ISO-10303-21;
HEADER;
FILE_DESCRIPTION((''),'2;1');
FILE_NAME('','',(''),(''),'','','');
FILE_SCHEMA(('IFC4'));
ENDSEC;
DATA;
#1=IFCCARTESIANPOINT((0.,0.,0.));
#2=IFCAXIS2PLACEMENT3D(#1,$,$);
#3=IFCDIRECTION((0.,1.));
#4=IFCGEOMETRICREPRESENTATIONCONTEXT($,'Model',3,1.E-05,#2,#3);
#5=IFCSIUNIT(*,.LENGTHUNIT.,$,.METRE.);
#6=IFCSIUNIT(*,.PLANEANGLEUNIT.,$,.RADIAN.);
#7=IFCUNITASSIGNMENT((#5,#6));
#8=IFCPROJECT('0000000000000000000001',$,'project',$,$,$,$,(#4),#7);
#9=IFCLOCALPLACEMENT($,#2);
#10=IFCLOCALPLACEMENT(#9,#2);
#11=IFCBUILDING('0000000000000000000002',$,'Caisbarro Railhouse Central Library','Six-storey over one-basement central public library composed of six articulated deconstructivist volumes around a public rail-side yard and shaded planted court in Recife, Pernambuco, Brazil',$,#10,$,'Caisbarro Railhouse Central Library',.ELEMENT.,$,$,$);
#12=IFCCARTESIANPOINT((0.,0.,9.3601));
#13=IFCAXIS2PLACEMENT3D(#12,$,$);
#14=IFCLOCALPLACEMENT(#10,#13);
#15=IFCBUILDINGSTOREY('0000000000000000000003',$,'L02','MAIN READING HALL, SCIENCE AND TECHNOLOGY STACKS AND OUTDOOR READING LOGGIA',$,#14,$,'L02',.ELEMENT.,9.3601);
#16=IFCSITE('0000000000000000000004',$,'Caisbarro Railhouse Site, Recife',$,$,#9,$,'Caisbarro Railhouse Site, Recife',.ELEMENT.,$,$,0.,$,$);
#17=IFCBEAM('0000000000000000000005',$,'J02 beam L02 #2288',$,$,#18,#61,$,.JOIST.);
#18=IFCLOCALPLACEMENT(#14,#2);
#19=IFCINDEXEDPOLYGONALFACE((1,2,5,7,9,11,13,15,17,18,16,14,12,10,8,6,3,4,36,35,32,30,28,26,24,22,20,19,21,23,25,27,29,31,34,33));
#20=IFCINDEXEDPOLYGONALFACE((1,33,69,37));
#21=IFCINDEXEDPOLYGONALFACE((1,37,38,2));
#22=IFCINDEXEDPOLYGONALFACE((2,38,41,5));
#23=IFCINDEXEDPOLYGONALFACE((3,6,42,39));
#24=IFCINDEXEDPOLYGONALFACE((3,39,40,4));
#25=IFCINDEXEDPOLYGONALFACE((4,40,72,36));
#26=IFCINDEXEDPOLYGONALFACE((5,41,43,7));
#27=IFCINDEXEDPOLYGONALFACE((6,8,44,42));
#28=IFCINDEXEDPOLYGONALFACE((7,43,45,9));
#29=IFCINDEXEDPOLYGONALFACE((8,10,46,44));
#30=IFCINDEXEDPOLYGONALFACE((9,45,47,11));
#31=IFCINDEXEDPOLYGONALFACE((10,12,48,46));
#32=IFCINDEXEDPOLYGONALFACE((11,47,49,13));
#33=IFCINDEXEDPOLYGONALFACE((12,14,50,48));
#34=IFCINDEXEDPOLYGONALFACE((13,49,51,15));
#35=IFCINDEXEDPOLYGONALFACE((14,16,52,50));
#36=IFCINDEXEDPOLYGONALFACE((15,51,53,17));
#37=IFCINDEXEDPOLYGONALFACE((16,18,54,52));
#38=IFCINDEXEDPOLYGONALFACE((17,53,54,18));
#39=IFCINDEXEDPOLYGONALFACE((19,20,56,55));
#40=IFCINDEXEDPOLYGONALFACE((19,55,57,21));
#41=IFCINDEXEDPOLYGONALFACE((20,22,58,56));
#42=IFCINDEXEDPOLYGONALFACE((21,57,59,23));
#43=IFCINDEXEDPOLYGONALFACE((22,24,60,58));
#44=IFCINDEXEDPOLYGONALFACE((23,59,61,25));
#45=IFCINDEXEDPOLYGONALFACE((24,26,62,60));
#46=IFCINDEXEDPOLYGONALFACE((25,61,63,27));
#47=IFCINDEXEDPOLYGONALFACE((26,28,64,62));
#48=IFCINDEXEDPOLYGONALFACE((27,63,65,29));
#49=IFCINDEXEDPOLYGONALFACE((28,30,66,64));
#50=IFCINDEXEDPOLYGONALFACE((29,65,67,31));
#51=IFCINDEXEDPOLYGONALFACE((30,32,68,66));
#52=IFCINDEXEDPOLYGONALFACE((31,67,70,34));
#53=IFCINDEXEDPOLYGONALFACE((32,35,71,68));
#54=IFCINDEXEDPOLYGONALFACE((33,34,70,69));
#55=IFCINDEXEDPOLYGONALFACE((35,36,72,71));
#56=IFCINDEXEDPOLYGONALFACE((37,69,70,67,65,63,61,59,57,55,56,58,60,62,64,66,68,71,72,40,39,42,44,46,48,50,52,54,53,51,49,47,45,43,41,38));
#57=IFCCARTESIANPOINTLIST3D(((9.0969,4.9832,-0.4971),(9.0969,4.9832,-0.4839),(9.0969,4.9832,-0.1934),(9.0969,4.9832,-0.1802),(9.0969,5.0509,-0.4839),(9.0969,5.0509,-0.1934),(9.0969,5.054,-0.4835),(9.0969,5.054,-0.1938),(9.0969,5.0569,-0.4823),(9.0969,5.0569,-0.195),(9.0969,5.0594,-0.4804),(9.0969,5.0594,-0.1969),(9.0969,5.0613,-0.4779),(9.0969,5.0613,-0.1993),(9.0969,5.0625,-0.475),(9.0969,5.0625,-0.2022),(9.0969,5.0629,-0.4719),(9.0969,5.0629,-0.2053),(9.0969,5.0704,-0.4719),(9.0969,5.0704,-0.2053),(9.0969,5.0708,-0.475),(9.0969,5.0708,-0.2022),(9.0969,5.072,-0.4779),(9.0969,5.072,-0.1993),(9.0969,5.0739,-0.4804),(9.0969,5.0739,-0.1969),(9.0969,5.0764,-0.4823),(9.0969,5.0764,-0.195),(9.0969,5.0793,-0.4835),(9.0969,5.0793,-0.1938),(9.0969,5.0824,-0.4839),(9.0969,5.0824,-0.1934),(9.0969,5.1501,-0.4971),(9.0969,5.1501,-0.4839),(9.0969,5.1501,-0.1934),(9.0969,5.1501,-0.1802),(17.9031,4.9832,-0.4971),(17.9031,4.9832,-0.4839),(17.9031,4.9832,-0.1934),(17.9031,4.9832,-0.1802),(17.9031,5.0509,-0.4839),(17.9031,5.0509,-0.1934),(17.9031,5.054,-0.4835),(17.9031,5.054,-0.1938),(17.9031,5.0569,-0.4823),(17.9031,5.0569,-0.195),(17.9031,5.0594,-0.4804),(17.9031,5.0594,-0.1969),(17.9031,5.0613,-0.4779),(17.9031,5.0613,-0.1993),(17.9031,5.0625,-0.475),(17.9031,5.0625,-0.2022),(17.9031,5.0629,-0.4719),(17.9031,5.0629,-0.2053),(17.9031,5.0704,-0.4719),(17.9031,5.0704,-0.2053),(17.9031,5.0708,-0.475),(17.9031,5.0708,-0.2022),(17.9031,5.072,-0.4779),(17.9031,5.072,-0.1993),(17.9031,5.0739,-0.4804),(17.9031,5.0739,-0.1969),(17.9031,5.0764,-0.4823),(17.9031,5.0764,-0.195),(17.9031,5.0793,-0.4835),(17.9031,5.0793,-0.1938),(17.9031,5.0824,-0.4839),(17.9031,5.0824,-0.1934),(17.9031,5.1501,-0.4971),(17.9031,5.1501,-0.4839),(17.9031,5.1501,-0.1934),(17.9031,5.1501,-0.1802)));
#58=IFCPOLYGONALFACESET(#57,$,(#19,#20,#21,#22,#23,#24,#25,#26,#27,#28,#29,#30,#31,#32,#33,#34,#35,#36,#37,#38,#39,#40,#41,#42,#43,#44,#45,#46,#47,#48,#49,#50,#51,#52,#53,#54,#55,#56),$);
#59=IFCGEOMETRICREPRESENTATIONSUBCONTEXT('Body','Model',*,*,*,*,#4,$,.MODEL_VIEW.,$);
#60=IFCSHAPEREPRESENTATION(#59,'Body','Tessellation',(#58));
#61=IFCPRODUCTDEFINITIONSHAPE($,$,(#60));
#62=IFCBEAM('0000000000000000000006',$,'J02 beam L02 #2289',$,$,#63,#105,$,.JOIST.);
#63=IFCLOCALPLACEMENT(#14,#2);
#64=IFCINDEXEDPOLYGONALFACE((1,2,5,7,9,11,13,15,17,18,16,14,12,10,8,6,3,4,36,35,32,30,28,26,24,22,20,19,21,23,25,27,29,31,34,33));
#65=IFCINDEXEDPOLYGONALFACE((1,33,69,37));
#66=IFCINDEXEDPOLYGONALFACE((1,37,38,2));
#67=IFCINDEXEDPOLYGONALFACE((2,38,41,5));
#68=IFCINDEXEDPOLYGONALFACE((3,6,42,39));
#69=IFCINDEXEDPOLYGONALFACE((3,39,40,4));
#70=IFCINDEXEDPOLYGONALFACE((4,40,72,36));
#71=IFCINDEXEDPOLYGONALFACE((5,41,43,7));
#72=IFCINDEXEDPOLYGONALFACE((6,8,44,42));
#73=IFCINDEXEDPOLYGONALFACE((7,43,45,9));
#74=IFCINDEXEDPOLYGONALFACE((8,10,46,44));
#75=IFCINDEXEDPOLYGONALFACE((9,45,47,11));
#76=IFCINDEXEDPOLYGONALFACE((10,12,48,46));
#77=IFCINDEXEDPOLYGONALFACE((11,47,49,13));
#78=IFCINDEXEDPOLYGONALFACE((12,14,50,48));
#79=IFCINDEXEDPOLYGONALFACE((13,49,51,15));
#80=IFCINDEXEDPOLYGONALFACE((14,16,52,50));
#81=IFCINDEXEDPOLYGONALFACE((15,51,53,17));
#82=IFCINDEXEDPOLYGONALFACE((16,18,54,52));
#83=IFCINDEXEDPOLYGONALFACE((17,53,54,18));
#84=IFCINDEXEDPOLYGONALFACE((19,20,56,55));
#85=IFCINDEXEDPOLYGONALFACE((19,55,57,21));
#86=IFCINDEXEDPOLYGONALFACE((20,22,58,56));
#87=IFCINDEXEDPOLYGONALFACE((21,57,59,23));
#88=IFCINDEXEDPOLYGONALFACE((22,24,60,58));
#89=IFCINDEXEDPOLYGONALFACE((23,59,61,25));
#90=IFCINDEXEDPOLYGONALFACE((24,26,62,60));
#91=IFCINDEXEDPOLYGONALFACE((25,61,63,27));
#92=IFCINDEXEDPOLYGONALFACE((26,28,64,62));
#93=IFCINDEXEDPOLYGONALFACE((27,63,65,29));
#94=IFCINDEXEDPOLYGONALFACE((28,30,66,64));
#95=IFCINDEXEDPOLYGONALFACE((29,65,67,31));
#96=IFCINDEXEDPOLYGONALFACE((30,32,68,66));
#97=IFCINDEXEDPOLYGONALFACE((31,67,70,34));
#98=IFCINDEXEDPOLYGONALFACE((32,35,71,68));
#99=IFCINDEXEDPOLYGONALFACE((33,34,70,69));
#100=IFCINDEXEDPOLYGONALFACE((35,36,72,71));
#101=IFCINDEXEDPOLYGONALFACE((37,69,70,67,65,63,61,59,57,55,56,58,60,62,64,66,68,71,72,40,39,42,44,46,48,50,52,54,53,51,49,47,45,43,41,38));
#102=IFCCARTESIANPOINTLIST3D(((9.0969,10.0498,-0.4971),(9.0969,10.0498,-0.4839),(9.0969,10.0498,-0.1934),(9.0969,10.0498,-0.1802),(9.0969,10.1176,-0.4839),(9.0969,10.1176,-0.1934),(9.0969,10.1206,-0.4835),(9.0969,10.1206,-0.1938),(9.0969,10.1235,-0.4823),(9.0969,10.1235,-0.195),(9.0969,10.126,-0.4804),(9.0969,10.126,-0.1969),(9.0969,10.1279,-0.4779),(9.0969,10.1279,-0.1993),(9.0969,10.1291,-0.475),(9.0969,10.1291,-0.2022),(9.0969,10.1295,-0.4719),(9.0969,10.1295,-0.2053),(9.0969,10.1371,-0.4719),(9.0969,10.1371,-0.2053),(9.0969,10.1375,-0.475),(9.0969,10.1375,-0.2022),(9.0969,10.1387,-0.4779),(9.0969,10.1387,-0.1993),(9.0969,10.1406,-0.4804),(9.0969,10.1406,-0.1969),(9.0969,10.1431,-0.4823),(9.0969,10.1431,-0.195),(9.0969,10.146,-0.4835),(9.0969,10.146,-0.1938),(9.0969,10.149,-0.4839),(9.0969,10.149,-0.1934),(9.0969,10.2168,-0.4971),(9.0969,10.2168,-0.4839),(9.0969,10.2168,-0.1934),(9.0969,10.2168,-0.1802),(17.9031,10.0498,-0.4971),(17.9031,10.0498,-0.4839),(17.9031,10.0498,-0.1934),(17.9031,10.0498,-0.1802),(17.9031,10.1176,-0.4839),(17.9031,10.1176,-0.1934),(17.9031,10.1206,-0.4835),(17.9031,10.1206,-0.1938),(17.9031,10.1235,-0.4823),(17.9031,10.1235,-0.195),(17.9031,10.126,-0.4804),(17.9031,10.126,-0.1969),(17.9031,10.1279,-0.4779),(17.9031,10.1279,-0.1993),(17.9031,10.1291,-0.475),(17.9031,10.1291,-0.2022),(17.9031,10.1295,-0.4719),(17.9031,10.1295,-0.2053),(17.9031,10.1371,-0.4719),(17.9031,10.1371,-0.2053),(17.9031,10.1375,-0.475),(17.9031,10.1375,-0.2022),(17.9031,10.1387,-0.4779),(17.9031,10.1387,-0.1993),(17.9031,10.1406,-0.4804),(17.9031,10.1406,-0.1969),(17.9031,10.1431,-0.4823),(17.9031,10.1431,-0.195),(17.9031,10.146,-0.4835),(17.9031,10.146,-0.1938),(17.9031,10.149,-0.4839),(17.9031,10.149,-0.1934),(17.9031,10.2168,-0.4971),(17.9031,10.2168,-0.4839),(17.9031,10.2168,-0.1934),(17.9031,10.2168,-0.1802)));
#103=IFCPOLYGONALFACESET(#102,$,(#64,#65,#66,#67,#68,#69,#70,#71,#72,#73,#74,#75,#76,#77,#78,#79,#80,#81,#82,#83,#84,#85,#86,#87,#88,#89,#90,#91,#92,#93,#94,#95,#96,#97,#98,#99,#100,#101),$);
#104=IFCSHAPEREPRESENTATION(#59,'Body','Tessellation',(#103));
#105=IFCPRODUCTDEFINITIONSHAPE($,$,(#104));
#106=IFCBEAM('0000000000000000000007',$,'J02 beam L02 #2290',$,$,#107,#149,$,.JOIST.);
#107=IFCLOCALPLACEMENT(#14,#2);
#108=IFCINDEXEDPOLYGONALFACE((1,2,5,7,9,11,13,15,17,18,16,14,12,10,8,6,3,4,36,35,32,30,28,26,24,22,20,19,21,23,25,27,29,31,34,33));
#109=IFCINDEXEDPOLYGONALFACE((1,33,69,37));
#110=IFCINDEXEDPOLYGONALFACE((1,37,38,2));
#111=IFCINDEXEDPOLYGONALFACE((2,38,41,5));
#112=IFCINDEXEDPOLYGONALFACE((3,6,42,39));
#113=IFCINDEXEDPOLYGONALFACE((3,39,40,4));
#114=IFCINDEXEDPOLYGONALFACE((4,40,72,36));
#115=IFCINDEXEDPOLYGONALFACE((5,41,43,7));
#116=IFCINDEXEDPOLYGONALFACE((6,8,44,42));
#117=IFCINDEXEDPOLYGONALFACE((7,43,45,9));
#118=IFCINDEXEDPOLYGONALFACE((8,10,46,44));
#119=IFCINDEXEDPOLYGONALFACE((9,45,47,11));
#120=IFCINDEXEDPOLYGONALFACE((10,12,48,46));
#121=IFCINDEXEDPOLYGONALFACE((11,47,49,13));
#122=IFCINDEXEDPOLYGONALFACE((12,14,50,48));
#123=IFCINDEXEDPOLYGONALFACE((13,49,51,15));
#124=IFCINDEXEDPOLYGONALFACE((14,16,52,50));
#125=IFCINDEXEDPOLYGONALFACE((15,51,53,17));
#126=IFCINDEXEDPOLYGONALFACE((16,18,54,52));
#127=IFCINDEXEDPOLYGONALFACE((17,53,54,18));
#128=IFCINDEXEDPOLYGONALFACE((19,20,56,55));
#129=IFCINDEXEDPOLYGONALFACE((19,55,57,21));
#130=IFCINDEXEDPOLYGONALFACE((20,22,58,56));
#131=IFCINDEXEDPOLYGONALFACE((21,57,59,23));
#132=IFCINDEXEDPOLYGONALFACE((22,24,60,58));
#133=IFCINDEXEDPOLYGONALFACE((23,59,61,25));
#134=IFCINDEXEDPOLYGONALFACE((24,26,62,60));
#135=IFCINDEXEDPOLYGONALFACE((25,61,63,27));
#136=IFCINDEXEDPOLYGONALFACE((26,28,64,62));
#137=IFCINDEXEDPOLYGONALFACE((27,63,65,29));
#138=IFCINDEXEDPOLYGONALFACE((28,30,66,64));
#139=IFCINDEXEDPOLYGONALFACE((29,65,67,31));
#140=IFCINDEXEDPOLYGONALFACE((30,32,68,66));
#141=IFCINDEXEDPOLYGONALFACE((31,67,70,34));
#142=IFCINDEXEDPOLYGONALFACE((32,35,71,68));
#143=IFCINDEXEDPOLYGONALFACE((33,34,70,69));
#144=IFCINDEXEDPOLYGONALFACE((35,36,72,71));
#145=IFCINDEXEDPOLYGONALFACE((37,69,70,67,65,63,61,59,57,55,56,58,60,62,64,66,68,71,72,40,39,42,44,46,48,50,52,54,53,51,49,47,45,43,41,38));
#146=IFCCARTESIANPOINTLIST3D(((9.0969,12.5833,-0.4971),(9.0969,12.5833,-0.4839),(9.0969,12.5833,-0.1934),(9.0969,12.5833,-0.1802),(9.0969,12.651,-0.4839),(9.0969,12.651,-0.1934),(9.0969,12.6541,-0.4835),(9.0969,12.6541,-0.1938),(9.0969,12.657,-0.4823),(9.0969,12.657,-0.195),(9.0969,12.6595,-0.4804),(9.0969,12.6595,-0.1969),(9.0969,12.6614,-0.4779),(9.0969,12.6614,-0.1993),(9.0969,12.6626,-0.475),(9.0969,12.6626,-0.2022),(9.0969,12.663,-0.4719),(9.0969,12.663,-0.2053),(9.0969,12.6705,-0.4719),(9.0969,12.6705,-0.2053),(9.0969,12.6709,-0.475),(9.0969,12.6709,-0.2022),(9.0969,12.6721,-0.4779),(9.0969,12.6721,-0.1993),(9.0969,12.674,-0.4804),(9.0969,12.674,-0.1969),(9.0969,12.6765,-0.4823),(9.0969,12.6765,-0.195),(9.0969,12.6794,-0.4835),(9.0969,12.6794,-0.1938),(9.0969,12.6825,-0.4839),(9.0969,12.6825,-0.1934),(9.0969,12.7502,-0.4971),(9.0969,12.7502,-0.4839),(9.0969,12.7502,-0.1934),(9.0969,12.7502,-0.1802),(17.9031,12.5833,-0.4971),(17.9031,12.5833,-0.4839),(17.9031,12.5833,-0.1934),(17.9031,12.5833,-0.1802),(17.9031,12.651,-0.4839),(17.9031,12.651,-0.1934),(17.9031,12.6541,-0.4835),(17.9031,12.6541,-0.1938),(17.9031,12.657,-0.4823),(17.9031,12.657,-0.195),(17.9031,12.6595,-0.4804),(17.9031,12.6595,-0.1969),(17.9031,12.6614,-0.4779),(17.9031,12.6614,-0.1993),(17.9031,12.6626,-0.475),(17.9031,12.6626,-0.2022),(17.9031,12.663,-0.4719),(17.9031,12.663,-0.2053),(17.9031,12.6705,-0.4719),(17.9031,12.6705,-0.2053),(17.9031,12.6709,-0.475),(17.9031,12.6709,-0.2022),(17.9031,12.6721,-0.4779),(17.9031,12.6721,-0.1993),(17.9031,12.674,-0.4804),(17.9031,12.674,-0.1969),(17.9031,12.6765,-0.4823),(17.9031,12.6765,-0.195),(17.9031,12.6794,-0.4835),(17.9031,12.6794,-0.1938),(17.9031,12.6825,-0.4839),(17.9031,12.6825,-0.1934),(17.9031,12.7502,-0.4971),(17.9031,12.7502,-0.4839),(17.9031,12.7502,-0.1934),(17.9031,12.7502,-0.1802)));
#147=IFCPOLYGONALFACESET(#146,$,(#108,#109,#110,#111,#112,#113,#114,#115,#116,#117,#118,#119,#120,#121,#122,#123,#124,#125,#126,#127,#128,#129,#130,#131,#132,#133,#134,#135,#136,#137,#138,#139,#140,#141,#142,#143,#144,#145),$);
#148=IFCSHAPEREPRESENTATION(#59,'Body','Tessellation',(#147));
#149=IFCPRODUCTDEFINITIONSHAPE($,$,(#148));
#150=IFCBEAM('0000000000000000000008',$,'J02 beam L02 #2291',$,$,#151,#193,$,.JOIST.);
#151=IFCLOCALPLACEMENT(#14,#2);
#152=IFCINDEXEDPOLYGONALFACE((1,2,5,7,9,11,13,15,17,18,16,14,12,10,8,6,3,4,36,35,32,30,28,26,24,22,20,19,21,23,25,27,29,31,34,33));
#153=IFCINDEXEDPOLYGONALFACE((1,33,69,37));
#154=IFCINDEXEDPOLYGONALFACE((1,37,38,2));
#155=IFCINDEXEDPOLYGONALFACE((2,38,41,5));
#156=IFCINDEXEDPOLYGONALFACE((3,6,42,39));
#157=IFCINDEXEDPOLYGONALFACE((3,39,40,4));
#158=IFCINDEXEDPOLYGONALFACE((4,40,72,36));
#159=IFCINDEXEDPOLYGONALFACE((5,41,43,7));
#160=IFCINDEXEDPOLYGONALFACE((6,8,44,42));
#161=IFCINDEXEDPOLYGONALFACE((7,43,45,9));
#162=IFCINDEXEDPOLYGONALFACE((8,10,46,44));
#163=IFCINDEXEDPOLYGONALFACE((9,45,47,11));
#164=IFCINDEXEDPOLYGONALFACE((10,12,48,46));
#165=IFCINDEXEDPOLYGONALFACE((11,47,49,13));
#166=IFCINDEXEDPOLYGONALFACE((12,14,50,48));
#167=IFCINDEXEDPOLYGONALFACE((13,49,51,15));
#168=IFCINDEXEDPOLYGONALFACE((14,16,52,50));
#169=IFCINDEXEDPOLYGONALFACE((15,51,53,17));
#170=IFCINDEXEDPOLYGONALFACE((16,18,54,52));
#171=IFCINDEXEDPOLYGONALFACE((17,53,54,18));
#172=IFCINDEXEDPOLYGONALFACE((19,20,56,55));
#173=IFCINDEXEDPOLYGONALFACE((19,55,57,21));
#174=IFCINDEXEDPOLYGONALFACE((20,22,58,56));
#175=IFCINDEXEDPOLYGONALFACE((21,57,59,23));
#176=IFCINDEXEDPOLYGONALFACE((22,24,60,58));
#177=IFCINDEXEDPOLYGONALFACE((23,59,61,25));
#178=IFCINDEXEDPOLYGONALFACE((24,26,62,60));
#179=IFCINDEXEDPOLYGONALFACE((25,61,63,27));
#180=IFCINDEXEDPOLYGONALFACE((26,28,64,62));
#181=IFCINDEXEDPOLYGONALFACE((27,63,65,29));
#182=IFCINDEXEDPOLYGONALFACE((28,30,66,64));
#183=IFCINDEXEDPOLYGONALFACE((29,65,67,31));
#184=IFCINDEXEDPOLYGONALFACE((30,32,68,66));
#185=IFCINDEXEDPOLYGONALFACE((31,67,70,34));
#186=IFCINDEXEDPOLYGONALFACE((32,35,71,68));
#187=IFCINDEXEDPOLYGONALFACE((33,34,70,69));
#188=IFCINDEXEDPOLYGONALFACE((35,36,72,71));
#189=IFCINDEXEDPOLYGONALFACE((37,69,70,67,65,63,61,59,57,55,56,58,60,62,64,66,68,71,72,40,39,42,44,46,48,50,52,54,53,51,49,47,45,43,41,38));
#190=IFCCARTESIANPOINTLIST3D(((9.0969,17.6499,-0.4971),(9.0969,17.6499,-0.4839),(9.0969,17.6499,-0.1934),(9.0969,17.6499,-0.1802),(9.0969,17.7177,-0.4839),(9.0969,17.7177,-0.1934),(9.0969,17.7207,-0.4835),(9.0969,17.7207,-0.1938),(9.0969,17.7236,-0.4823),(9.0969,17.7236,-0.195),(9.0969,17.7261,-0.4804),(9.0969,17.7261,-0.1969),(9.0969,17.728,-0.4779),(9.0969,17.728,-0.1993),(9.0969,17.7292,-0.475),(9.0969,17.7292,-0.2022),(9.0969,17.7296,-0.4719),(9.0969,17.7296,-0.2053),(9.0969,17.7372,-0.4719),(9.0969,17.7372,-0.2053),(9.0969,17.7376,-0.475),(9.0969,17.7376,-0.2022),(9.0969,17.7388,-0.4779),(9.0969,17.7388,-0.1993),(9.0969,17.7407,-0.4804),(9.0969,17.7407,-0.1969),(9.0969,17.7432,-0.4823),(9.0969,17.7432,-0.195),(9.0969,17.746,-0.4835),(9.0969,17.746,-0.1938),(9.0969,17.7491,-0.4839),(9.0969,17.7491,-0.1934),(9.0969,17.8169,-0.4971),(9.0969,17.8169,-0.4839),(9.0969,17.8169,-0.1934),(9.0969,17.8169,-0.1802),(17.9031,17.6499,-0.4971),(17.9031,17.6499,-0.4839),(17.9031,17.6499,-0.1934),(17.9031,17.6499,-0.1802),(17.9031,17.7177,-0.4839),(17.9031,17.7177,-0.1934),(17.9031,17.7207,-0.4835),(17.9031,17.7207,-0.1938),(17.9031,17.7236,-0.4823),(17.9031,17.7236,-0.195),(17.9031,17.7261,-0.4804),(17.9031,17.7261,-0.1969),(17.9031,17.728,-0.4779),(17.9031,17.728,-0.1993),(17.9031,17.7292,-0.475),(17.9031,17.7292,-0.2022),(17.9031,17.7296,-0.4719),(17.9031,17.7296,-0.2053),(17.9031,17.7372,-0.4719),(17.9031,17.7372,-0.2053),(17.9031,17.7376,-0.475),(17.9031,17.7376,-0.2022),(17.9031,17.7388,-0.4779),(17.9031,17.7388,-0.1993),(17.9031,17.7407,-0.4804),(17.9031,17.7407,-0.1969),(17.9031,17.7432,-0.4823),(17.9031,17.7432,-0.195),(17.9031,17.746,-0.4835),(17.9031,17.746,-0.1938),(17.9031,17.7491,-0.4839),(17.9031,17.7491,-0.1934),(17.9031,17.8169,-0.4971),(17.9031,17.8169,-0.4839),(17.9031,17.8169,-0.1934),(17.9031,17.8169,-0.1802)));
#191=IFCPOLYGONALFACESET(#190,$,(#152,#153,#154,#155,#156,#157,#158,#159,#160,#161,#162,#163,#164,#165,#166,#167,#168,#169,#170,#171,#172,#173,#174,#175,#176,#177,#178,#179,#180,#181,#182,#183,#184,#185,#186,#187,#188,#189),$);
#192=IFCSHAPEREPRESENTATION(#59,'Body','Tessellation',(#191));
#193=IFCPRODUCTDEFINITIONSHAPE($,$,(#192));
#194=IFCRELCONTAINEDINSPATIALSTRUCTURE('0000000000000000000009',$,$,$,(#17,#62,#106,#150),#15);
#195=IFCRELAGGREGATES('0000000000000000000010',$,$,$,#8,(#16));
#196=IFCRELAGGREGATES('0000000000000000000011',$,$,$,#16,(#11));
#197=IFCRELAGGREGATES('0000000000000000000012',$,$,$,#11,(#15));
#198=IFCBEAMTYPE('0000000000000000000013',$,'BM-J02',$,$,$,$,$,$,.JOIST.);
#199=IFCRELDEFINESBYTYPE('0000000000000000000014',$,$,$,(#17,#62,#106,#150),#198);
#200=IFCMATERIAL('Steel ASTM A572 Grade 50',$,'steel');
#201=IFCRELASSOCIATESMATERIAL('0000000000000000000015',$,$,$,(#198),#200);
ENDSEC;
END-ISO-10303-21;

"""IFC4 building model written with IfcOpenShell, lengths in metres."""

from ifc_helpers import new_model, si_unit, direction, frame, origin, origin_2d, place, context, subcontext, project, spatial, i_section, extrude, material, material_profile, profile_set, type_object, element, save


model = new_model("IFC4")

# Units and contexts
model_context = context("Model", 3, precision=1e-05, world=origin(), true_north=direction((0.0, 1.0)))
body_context = subcontext(model_context, "Body", "Model", "MODEL_VIEW")
ifc_project = project(units=[si_unit("LENGTHUNIT", "METRE"), si_unit("PLANEANGLEUNIT", "RADIAN")], contexts=[model_context])

# Site, building, storey
site_placement = place(None, origin())
site = spatial("IfcSite", under=ifc_project, at=site_placement, Name="Caisbarro Railhouse Site, Recife", LongName="Caisbarro Railhouse Site, Recife", CompositionType="ELEMENT", RefElevation=0.0)
building_placement = place(site_placement, origin())
building = spatial("IfcBuilding", under=site, at=building_placement, Name="Caisbarro Railhouse Central Library", Description="Six-storey over one-basement central public library composed of six articulated deconstructivist volumes around a public rail-side yard and shaded planted court in Recife, Pernambuco, Brazil", LongName="Caisbarro Railhouse Central Library", CompositionType="ELEMENT")
storey_placement = place(building_placement, frame((0.0, 0.0, 9.3601)))
storey = spatial("IfcBuildingStorey", under=building, at=storey_placement, Name="L02", Description="MAIN READING HALL, SCIENCE AND TECHNOLOGY STACKS AND OUTDOOR READING LOGGIA", LongName="L02", CompositionType="ELEMENT", Elevation=9.3601)

# Shared definitions
ifc_material_1 = material(Name="Steel ASTM A572 Grade 50", Category="steel")

# Beams
ifc_material_profile_1 = material_profile(ifc_material_1, i_section(OverallWidth=0.167, OverallDepth=0.3169, WebThickness=0.0076, FlangeThickness=0.0132, FilletRadius=0.012, at=origin_2d()), Name="W310X52.0")
ifc_profile_set_1 = profile_set([ifc_material_profile_1], Name="Steel ASTM A572 Grade 50")
beam_type_1 = type_object("IfcBeamType", Name="BM-J02", PredefinedType="JOIST", material=ifc_profile_set_1)
for number, where, z_axis, x_axis, name in (
    (1, (9.0969, 5.0667, -0.3386), (1.0, 0.0, 0.0), (0.0, 1.0, 0.0), "J02 beam L02 #2288"),
    (2, (9.0969, 10.1333, -0.3386), (1.0, 0.0, 0.0), (0.0, 1.0, 0.0), "J02 beam L02 #2289"),
    (3, (9.0969, 12.6667, -0.3386), (1.0, 0.0, 0.0), (0.0, 1.0, 0.0), "J02 beam L02 #2290"),
    (4, (9.0969, 17.7334, -0.3386), (1.0, 0.0, 0.0), (0.0, 1.0, 0.0), "J02 beam L02 #2291"),
):
    element("IfcBeam", number, at=place(storey_placement, frame(where, z_axis=z_axis, x_axis=x_axis)), inside=storey, type_object=beam_type_1, Name=name, PredefinedType="JOIST", context=body_context, shape_type="SweptSolid", body=[
        extrude(i_section(OverallWidth=0.167, OverallDepth=0.3169, WebThickness=0.0076, FlangeThickness=0.0132, FilletRadius=0.012, at=origin_2d()), origin(), (0.0, 0.0, 1.0), 8.8062),
    ])

save(model, "model.ifc")
